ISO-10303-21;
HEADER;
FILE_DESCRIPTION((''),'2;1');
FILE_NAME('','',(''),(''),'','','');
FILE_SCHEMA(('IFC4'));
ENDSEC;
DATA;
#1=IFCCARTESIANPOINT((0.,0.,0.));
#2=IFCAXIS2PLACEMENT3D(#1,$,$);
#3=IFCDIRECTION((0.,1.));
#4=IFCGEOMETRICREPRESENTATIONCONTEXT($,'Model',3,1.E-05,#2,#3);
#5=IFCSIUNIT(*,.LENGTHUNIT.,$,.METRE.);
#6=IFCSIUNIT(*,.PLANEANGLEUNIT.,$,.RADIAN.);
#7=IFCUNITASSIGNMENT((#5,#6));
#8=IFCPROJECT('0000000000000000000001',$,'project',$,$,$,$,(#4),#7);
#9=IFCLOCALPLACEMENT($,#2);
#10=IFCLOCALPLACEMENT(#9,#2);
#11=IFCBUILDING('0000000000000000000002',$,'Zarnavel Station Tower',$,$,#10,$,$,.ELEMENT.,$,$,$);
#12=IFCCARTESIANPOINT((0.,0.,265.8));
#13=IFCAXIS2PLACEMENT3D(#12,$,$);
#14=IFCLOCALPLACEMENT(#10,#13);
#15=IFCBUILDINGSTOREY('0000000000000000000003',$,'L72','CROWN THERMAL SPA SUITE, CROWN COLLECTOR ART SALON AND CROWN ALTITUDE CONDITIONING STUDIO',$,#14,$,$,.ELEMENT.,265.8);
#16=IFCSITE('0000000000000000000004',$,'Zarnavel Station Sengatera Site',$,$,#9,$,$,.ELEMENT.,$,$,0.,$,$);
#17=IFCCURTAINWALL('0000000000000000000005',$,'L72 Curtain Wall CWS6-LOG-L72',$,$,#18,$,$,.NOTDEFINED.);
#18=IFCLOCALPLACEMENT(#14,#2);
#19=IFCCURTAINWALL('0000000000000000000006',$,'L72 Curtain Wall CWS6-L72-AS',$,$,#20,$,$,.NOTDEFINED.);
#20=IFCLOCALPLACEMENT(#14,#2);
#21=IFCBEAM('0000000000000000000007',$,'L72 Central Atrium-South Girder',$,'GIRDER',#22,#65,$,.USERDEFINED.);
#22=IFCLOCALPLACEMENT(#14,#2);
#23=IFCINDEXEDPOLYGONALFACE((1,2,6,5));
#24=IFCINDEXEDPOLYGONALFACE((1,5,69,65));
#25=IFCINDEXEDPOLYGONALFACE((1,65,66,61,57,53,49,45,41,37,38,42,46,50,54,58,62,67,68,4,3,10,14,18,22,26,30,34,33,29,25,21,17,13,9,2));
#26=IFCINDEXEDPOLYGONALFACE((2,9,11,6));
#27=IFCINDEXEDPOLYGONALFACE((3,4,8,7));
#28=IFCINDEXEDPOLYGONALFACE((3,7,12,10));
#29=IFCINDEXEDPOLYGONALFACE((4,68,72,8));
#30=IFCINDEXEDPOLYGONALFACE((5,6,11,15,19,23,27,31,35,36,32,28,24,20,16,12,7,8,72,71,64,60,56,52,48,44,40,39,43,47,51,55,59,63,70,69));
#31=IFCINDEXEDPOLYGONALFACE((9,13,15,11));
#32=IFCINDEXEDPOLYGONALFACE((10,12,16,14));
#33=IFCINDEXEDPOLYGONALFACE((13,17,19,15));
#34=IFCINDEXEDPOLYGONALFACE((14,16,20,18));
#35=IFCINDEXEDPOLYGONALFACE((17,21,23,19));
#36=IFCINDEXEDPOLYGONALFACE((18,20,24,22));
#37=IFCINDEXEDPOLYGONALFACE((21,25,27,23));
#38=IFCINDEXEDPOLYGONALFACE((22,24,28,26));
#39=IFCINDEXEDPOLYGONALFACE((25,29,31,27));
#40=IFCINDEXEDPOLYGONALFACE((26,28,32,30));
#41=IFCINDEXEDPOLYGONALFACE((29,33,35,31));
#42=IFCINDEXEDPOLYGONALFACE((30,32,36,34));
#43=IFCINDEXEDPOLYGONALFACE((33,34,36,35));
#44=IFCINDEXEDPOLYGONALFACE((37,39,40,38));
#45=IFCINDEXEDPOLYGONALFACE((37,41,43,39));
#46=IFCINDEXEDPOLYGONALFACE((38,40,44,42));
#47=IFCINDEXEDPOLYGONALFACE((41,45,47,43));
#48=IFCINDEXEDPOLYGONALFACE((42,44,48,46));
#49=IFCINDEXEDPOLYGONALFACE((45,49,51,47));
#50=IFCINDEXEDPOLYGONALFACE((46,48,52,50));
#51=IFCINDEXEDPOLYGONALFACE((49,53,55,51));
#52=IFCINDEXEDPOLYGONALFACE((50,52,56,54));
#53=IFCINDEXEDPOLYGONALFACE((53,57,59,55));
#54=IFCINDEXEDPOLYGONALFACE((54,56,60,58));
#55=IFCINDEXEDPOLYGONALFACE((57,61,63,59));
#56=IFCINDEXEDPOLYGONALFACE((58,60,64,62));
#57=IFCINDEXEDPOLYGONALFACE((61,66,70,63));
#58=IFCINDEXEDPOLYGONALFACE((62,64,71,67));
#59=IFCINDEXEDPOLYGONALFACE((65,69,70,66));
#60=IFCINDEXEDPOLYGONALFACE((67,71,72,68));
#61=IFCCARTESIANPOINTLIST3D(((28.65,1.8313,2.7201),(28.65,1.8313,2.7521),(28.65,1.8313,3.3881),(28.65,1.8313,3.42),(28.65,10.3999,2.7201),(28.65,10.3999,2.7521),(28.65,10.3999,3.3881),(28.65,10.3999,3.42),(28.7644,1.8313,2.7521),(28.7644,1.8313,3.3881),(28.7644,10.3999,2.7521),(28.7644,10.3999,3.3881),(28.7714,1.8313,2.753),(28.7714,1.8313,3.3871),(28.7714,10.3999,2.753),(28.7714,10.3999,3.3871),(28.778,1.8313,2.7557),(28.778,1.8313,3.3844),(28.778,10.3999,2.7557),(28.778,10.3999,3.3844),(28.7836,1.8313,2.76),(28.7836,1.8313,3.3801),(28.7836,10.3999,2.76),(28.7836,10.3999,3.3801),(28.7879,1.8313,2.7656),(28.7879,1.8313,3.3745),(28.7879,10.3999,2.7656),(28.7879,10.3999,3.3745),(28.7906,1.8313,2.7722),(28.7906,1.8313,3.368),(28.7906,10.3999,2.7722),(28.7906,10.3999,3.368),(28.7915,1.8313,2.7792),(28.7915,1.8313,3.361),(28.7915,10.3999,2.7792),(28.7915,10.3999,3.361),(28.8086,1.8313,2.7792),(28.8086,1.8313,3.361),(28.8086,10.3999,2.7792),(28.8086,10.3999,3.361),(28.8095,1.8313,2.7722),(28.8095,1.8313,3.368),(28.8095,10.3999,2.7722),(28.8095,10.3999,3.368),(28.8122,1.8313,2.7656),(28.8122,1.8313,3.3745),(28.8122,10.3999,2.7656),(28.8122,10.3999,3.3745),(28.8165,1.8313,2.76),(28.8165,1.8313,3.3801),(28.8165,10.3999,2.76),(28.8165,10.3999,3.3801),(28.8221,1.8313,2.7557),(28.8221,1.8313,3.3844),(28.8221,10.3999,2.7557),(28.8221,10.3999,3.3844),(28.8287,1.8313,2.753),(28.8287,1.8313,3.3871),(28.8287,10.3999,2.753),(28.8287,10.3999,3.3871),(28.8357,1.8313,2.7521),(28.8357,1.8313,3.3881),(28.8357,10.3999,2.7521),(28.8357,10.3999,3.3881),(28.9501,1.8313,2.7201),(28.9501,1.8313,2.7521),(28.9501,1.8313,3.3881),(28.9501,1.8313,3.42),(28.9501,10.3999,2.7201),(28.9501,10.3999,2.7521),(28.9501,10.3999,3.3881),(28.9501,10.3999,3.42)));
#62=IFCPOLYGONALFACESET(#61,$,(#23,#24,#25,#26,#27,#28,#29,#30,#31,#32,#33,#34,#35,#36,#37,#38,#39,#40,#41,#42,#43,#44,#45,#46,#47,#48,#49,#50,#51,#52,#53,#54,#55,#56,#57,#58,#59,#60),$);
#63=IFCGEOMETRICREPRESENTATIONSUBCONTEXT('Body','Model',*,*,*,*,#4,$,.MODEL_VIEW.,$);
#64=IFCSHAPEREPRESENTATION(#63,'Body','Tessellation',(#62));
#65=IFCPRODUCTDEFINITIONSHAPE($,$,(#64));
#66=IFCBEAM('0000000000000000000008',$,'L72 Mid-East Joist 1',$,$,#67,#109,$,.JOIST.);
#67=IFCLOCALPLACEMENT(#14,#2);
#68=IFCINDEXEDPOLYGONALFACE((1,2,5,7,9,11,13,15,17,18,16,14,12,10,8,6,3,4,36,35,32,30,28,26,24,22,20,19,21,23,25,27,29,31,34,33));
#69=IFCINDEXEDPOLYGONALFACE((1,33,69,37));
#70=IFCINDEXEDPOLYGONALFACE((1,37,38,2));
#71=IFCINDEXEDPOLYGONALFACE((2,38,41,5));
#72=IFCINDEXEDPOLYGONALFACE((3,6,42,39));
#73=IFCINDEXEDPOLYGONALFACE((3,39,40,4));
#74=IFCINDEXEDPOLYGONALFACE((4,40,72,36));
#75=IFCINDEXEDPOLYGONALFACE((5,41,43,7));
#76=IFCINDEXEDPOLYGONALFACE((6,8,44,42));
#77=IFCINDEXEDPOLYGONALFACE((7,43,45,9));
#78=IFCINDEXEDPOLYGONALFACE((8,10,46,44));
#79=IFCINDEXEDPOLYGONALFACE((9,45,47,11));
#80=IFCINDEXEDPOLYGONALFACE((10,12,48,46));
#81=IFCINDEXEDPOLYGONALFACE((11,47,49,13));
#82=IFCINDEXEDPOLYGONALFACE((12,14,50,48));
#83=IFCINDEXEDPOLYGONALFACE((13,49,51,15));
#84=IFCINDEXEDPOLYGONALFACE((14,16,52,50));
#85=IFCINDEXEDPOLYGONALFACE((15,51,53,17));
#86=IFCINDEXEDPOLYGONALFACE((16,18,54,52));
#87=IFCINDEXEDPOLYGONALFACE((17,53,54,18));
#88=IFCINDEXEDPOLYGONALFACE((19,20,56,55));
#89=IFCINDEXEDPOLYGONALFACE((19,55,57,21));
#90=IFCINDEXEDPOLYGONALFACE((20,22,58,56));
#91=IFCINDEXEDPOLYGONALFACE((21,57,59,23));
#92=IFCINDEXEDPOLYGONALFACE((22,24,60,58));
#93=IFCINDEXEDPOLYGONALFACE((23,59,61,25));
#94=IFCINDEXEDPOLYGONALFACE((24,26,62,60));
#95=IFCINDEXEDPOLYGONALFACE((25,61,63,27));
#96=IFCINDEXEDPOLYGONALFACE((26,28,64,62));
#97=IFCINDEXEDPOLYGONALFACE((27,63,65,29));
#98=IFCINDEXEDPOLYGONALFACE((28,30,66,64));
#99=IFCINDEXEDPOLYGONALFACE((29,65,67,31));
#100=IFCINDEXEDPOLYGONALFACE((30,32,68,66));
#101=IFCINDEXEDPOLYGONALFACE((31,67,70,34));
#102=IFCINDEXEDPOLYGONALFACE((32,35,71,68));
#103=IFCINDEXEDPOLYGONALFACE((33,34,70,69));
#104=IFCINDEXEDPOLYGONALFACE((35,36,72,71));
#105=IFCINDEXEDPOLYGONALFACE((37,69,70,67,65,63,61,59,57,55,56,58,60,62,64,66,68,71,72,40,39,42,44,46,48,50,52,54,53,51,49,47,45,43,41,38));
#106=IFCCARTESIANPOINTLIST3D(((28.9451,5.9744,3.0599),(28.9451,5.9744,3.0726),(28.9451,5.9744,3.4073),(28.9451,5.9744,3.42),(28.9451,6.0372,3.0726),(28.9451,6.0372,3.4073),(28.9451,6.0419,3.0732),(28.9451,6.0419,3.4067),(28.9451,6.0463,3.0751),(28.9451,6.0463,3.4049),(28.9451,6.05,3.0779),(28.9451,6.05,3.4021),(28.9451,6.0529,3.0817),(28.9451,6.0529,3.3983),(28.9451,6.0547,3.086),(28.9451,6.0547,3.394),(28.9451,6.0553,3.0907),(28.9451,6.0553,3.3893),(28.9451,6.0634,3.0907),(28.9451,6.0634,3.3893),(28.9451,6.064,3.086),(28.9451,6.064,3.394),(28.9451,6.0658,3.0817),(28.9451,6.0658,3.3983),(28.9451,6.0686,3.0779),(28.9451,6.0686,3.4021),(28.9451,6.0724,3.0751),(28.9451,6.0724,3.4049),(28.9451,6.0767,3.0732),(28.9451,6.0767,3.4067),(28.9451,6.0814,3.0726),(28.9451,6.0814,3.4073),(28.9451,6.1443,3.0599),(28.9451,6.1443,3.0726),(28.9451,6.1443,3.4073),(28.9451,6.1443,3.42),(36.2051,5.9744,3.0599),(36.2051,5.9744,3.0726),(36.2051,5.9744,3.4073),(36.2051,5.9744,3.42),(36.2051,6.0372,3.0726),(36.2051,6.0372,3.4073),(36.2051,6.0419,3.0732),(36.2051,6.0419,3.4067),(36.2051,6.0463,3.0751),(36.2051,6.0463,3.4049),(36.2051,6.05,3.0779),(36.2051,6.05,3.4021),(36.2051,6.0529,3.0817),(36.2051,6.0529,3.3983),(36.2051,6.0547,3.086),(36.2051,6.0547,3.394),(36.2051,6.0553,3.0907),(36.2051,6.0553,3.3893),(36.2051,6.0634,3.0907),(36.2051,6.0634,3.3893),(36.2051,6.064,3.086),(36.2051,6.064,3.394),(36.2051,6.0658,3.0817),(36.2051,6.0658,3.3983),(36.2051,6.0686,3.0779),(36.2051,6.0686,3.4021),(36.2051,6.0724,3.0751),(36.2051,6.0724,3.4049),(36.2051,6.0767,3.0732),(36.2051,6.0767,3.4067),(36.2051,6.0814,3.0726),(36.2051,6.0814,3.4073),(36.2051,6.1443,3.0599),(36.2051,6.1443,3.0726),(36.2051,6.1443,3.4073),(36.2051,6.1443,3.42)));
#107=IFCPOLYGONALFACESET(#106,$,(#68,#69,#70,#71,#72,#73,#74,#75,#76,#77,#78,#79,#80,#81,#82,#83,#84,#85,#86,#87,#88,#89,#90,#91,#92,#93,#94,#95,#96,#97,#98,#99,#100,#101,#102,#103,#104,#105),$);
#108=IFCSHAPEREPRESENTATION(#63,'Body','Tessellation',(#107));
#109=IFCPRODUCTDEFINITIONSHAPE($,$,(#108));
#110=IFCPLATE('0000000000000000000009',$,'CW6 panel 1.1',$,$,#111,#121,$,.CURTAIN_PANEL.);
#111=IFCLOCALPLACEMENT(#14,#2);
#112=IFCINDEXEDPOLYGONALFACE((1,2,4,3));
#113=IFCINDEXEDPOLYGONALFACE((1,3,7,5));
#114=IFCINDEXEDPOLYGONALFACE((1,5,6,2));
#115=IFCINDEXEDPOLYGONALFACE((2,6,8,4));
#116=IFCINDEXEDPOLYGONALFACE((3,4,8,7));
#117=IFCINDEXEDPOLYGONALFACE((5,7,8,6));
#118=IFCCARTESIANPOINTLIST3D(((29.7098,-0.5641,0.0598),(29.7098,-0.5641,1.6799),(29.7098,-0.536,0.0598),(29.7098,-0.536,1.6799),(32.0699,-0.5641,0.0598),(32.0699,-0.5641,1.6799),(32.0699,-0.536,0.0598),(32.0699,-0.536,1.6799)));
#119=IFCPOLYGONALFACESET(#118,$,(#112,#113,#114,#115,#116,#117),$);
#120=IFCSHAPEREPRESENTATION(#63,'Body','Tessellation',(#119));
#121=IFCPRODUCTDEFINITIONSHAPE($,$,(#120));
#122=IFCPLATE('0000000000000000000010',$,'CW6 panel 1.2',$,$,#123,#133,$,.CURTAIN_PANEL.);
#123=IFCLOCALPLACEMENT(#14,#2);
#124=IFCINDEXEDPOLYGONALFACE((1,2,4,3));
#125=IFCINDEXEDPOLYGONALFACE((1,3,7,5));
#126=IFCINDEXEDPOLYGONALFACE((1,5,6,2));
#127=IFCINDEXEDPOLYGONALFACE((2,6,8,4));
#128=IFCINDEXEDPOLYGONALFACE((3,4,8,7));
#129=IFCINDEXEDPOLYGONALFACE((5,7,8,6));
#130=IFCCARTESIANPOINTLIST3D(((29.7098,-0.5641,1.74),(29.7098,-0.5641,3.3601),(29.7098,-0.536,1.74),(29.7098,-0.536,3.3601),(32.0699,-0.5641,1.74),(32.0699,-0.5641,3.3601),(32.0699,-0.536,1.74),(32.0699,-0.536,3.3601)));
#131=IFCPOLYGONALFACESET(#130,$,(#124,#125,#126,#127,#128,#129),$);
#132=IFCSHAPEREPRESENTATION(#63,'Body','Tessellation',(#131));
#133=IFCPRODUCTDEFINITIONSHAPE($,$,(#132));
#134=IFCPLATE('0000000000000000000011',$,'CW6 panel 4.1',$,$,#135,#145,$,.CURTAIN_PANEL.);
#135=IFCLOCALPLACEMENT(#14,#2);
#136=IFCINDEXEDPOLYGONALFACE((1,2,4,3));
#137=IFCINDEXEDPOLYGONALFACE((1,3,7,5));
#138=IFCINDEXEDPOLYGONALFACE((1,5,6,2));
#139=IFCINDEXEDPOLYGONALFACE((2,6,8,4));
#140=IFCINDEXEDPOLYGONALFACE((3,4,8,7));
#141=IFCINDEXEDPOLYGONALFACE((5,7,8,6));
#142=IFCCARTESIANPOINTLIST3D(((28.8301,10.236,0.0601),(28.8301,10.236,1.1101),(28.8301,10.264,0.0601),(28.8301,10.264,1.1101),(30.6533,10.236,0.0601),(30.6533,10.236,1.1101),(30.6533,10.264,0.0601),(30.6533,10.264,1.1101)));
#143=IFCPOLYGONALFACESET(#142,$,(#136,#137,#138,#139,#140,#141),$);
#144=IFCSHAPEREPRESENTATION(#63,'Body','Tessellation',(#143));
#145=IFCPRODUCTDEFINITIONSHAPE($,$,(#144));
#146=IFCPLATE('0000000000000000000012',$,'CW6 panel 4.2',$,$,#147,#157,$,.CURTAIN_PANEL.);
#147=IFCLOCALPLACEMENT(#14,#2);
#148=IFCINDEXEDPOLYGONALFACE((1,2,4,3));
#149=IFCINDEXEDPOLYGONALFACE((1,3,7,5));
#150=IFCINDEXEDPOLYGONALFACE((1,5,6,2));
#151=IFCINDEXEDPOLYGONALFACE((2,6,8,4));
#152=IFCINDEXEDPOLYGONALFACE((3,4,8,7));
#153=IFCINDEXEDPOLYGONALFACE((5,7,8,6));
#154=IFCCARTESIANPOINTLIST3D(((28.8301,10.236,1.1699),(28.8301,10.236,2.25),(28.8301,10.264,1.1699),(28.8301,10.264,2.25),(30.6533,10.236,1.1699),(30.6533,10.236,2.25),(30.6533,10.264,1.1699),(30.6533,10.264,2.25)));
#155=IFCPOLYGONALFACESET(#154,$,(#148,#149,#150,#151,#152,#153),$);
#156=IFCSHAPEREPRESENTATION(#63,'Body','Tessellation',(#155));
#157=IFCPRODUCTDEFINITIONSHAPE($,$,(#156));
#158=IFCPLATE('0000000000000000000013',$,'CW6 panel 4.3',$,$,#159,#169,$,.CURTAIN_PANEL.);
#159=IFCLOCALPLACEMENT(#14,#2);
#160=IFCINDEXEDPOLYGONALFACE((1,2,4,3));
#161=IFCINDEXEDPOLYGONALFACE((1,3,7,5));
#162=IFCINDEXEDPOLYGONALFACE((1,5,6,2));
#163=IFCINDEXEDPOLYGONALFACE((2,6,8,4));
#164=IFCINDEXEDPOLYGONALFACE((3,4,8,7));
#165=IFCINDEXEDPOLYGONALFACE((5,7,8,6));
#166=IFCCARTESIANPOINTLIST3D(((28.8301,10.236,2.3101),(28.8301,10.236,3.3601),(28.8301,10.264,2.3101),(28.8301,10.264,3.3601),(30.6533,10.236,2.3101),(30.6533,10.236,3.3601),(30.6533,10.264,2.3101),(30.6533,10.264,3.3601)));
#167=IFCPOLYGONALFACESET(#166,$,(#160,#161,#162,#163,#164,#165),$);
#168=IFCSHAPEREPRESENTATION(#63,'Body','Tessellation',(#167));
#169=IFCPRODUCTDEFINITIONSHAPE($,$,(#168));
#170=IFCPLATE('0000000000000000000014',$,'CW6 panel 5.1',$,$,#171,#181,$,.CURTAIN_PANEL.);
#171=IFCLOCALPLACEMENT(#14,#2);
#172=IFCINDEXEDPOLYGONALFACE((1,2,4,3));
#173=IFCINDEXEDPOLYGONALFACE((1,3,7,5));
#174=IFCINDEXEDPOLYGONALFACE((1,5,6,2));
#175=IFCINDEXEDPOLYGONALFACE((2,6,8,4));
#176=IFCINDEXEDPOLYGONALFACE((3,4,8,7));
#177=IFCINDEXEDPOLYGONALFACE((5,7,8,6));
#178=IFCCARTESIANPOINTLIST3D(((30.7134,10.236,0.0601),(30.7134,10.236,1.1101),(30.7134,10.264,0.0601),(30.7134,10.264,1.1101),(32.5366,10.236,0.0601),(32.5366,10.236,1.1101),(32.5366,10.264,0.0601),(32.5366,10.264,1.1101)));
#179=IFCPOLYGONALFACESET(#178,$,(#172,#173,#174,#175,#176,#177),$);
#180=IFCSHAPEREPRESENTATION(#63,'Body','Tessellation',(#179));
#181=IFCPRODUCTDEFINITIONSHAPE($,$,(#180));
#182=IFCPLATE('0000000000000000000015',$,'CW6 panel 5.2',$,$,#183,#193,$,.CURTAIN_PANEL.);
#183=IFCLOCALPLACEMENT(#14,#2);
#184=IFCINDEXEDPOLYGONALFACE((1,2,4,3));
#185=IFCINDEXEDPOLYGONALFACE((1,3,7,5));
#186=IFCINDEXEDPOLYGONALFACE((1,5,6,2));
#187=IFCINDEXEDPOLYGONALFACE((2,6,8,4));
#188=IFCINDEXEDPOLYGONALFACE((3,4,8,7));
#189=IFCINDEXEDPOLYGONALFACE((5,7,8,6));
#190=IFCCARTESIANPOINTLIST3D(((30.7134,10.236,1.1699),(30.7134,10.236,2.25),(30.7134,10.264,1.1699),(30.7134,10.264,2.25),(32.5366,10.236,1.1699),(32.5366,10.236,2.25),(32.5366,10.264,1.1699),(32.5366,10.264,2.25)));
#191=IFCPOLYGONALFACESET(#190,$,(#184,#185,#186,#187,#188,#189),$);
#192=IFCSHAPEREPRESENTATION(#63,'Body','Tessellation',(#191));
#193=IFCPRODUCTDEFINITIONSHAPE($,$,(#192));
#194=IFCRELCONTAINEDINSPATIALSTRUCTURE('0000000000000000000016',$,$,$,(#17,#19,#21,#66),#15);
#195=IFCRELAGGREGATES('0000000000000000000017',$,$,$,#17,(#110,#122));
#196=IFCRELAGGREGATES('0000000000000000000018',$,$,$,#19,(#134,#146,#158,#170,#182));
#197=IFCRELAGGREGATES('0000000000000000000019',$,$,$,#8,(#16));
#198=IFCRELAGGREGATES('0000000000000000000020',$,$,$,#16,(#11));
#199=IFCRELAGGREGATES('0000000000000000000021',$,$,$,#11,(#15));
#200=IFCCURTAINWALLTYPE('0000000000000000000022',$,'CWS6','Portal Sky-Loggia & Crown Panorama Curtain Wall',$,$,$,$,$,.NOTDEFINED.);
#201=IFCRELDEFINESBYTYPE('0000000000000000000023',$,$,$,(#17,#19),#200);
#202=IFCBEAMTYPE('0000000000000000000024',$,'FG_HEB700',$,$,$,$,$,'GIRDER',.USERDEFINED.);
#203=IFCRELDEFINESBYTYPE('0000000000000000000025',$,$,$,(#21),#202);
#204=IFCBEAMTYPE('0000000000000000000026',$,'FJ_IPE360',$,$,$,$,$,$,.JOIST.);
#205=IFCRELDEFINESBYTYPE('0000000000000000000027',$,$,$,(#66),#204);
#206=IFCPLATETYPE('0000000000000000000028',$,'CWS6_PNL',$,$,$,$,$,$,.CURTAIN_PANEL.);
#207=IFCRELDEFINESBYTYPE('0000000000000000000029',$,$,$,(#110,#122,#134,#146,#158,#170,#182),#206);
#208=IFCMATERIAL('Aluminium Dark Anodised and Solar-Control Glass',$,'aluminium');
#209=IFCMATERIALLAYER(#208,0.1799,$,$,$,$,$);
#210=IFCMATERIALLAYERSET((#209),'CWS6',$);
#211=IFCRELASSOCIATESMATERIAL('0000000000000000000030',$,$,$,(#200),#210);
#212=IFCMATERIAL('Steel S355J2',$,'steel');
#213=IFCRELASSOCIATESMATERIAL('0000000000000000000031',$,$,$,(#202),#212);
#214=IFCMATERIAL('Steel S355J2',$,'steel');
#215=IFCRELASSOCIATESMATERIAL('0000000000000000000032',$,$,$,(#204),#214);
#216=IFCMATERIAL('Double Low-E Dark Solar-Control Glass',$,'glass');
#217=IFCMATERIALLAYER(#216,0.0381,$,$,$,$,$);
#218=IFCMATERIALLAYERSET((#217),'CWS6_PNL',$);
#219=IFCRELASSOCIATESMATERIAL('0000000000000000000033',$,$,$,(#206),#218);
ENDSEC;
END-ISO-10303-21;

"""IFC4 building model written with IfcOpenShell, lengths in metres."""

from ifc_helpers import new_model, si_unit, direction, frame, origin, origin_2d, place, context, subcontext, project, spatial, rectangle, i_section, extrude, material, layer, layer_set, material_profile, profile_set, type_object, element, aggregate, save


model = new_model("IFC4")

# Units and contexts
model_context = context("Model", 3, precision=1e-05, world=origin(), true_north=direction((0.0, 1.0)))
body_context = subcontext(model_context, "Body", "Model", "MODEL_VIEW")
ifc_project = project(units=[si_unit("LENGTHUNIT", "METRE"), si_unit("PLANEANGLEUNIT", "RADIAN")], contexts=[model_context])

# Site, building, storey
site_placement = place(None, origin())
site = spatial("IfcSite", under=ifc_project, at=site_placement, Name="Zarnavel Station Sengatera Site", CompositionType="ELEMENT", RefElevation=0.0)
building_placement = place(site_placement, origin())
building = spatial("IfcBuilding", under=site, at=building_placement, Name="Zarnavel Station Tower", CompositionType="ELEMENT")
storey_placement = place(building_placement, frame((0.0, 0.0, 265.8)))
storey = spatial("IfcBuildingStorey", under=building, at=storey_placement, Name="L72", Description="CROWN THERMAL SPA SUITE, CROWN COLLECTOR ART SALON AND CROWN ALTITUDE CONDITIONING STUDIO", CompositionType="ELEMENT", Elevation=265.8)

# Curtain walls
ifc_material_1 = material(Name="Aluminium Dark Anodised and Solar-Control Glass", Category="aluminium")
ifc_layer_1 = layer(ifc_material_1, 0.1799)
ifc_layer_set_1 = layer_set([ifc_layer_1], Name="CWS6")
curtain_wall_type = type_object("IfcCurtainWallType", Name="CWS6", Description="Portal Sky-Loggia & Crown Panorama Curtain Wall", PredefinedType="NOTDEFINED", material=ifc_layer_set_1)
curtain_wall_1_placement = place(storey_placement, origin())
curtain_wall_1 = element("IfcCurtainWall", 1, at=curtain_wall_1_placement, inside=storey, type_object=curtain_wall_type, Name="L72 Curtain Wall CWS6-LOG-L72", PredefinedType="NOTDEFINED")
curtain_wall_2_placement = place(storey_placement, origin())
curtain_wall_2 = element("IfcCurtainWall", 2, at=curtain_wall_2_placement, inside=storey, type_object=curtain_wall_type, Name="L72 Curtain Wall CWS6-L72-AS", PredefinedType="NOTDEFINED")

# Beams
ifc_material_2 = material(Name="Steel S355J2", Category="steel")
ifc_material_profile_1 = material_profile(ifc_material_2, i_section(OverallWidth=0.3, OverallDepth=0.7, WebThickness=0.0171, FlangeThickness=0.032, FilletRadius=0.0271, at=origin_2d()), Name="HEB700")
ifc_profile_set_1 = profile_set([ifc_material_profile_1], Name="Steel S355J2")
beam_type_1 = type_object("IfcBeamType", Name="FG_HEB700", ElementType="GIRDER", PredefinedType="USERDEFINED", material=ifc_profile_set_1)
beam_1_placement = place(storey_placement, frame((28.8, 1.8313, 3.0701), z_axis=(0.0, 1.0, 0.0), x_axis=(-1.0, 0.0, 0.0)))
element("IfcBeam", 3, at=beam_1_placement, inside=storey, type_object=beam_type_1, Name="L72 Central Atrium-South Girder", ObjectType="GIRDER", PredefinedType="USERDEFINED", context=body_context, shape_type="SweptSolid", body=[
    extrude(i_section(OverallWidth=0.3, OverallDepth=0.7, WebThickness=0.0171, FlangeThickness=0.032, FilletRadius=0.0271, at=origin_2d()), origin(), (0.0, 0.0, 1.0), 8.5686),
])
ifc_material_3 = material(Name="Steel S355J2", Category="steel")
ifc_material_profile_2 = material_profile(ifc_material_3, i_section(OverallWidth=0.1699, OverallDepth=0.3601, WebThickness=0.0081, FlangeThickness=0.0127, FilletRadius=0.0181, at=origin_2d()), Name="IPE360")
ifc_profile_set_2 = profile_set([ifc_material_profile_2], Name="Steel S355J2")
beam_type_2 = type_object("IfcBeamType", Name="FJ_IPE360", PredefinedType="JOIST", material=ifc_profile_set_2)
beam_2_placement = place(storey_placement, frame((28.9451, 6.0593, 3.24), z_axis=(1.0, 0.0, 0.0), x_axis=(0.0, 1.0, 0.0)))
element("IfcBeam", 4, at=beam_2_placement, inside=storey, type_object=beam_type_2, Name="L72 Mid-East Joist 1", PredefinedType="JOIST", context=body_context, shape_type="SweptSolid", body=[
    extrude(i_section(OverallWidth=0.1699, OverallDepth=0.3601, WebThickness=0.0081, FlangeThickness=0.0127, FilletRadius=0.0181, at=origin_2d()), origin(), (0.0, 0.0, 1.0), 7.26),
])

# Plates
ifc_material_4 = material(Name="Double Low-E Dark Solar-Control Glass", Category="glass")
ifc_layer_2 = layer(ifc_material_4, 0.0381)
ifc_layer_set_2 = layer_set([ifc_layer_2], Name="CWS6_PNL")
plate_type = type_object("IfcPlateType", Name="CWS6_PNL", PredefinedType="CURTAIN_PANEL", material=ifc_layer_set_2)
plate_1_placement = place(storey_placement, frame((30.8899, -0.55, 0.0598), z_axis=(0.0, 0.0, 1.0), x_axis=(1.0, 0.0, 0.0)))
plate_1 = element("IfcPlate", 5, at=plate_1_placement, type_object=plate_type, Name="CW6 panel 1.1", PredefinedType="CURTAIN_PANEL", context=body_context, shape_type="SweptSolid", body=[
    extrude(rectangle(XDim=2.3601, YDim=0.0281, at=origin_2d()), origin(), (0.0, 0.0, 1.0), 1.6201),
])
plate_2_placement = place(storey_placement, frame((30.8899, -0.55, 1.74), z_axis=(0.0, 0.0, 1.0), x_axis=(1.0, 0.0, 0.0)))
plate_2 = element("IfcPlate", 6, at=plate_2_placement, type_object=plate_type, Name="CW6 panel 1.2", PredefinedType="CURTAIN_PANEL", context=body_context, shape_type="SweptSolid", body=[
    extrude(rectangle(XDim=2.3601, YDim=0.0281, at=origin_2d()), origin(), (0.0, 0.0, 1.0), 1.6201),
])
aggregate(curtain_wall_1, [plate_1, plate_2])
plate_3_placement = place(storey_placement, frame((29.7417, 10.25, 0.0601), z_axis=(0.0, 0.0, 1.0), x_axis=(1.0, 0.0, 0.0)))
plate_3 = element("IfcPlate", 7, at=plate_3_placement, type_object=plate_type, Name="CW6 panel 4.1", PredefinedType="CURTAIN_PANEL", context=body_context, shape_type="SweptSolid", body=[
    extrude(rectangle(XDim=1.8232, YDim=0.0281, at=origin_2d()), origin(), (0.0, 0.0, 1.0), 1.05),
])
plate_4_placement = place(storey_placement, frame((29.7417, 10.25, 1.1699), z_axis=(0.0, 0.0, 1.0), x_axis=(1.0, 0.0, 0.0)))
plate_4 = element("IfcPlate", 8, at=plate_4_placement, type_object=plate_type, Name="CW6 panel 4.2", PredefinedType="CURTAIN_PANEL", context=body_context, shape_type="SweptSolid", body=[
    extrude(rectangle(XDim=1.8232, YDim=0.0281, at=origin_2d()), origin(), (0.0, 0.0, 1.0), 1.0801),
])
plate_5_placement = place(storey_placement, frame((29.7417, 10.25, 2.3101), z_axis=(0.0, 0.0, 1.0), x_axis=(1.0, 0.0, 0.0)))
plate_5 = element("IfcPlate", 9, at=plate_5_placement, type_object=plate_type, Name="CW6 panel 4.3", PredefinedType="CURTAIN_PANEL", context=body_context, shape_type="SweptSolid", body=[
    extrude(rectangle(XDim=1.8232, YDim=0.0281, at=origin_2d()), origin(), (0.0, 0.0, 1.0), 1.05),
])
plate_6_placement = place(storey_placement, frame((31.625, 10.25, 0.0601), z_axis=(0.0, 0.0, 1.0), x_axis=(1.0, 0.0, 0.0)))
plate_6 = element("IfcPlate", 10, at=plate_6_placement, type_object=plate_type, Name="CW6 panel 5.1", PredefinedType="CURTAIN_PANEL", context=body_context, shape_type="SweptSolid", body=[
    extrude(rectangle(XDim=1.8232, YDim=0.0281, at=origin_2d()), origin(), (0.0, 0.0, 1.0), 1.05),
])
plate_7_placement = place(storey_placement, frame((31.625, 10.25, 1.1699), z_axis=(0.0, 0.0, 1.0), x_axis=(1.0, 0.0, 0.0)))
plate_7 = element("IfcPlate", 11, at=plate_7_placement, type_object=plate_type, Name="CW6 panel 5.2", PredefinedType="CURTAIN_PANEL", context=body_context, shape_type="SweptSolid", body=[
    extrude(rectangle(XDim=1.8232, YDim=0.0281, at=origin_2d()), origin(), (0.0, 0.0, 1.0), 1.0801),
])
aggregate(curtain_wall_2, [plate_3, plate_4, plate_5, plate_6, plate_7])

save(model, "model.ifc")
